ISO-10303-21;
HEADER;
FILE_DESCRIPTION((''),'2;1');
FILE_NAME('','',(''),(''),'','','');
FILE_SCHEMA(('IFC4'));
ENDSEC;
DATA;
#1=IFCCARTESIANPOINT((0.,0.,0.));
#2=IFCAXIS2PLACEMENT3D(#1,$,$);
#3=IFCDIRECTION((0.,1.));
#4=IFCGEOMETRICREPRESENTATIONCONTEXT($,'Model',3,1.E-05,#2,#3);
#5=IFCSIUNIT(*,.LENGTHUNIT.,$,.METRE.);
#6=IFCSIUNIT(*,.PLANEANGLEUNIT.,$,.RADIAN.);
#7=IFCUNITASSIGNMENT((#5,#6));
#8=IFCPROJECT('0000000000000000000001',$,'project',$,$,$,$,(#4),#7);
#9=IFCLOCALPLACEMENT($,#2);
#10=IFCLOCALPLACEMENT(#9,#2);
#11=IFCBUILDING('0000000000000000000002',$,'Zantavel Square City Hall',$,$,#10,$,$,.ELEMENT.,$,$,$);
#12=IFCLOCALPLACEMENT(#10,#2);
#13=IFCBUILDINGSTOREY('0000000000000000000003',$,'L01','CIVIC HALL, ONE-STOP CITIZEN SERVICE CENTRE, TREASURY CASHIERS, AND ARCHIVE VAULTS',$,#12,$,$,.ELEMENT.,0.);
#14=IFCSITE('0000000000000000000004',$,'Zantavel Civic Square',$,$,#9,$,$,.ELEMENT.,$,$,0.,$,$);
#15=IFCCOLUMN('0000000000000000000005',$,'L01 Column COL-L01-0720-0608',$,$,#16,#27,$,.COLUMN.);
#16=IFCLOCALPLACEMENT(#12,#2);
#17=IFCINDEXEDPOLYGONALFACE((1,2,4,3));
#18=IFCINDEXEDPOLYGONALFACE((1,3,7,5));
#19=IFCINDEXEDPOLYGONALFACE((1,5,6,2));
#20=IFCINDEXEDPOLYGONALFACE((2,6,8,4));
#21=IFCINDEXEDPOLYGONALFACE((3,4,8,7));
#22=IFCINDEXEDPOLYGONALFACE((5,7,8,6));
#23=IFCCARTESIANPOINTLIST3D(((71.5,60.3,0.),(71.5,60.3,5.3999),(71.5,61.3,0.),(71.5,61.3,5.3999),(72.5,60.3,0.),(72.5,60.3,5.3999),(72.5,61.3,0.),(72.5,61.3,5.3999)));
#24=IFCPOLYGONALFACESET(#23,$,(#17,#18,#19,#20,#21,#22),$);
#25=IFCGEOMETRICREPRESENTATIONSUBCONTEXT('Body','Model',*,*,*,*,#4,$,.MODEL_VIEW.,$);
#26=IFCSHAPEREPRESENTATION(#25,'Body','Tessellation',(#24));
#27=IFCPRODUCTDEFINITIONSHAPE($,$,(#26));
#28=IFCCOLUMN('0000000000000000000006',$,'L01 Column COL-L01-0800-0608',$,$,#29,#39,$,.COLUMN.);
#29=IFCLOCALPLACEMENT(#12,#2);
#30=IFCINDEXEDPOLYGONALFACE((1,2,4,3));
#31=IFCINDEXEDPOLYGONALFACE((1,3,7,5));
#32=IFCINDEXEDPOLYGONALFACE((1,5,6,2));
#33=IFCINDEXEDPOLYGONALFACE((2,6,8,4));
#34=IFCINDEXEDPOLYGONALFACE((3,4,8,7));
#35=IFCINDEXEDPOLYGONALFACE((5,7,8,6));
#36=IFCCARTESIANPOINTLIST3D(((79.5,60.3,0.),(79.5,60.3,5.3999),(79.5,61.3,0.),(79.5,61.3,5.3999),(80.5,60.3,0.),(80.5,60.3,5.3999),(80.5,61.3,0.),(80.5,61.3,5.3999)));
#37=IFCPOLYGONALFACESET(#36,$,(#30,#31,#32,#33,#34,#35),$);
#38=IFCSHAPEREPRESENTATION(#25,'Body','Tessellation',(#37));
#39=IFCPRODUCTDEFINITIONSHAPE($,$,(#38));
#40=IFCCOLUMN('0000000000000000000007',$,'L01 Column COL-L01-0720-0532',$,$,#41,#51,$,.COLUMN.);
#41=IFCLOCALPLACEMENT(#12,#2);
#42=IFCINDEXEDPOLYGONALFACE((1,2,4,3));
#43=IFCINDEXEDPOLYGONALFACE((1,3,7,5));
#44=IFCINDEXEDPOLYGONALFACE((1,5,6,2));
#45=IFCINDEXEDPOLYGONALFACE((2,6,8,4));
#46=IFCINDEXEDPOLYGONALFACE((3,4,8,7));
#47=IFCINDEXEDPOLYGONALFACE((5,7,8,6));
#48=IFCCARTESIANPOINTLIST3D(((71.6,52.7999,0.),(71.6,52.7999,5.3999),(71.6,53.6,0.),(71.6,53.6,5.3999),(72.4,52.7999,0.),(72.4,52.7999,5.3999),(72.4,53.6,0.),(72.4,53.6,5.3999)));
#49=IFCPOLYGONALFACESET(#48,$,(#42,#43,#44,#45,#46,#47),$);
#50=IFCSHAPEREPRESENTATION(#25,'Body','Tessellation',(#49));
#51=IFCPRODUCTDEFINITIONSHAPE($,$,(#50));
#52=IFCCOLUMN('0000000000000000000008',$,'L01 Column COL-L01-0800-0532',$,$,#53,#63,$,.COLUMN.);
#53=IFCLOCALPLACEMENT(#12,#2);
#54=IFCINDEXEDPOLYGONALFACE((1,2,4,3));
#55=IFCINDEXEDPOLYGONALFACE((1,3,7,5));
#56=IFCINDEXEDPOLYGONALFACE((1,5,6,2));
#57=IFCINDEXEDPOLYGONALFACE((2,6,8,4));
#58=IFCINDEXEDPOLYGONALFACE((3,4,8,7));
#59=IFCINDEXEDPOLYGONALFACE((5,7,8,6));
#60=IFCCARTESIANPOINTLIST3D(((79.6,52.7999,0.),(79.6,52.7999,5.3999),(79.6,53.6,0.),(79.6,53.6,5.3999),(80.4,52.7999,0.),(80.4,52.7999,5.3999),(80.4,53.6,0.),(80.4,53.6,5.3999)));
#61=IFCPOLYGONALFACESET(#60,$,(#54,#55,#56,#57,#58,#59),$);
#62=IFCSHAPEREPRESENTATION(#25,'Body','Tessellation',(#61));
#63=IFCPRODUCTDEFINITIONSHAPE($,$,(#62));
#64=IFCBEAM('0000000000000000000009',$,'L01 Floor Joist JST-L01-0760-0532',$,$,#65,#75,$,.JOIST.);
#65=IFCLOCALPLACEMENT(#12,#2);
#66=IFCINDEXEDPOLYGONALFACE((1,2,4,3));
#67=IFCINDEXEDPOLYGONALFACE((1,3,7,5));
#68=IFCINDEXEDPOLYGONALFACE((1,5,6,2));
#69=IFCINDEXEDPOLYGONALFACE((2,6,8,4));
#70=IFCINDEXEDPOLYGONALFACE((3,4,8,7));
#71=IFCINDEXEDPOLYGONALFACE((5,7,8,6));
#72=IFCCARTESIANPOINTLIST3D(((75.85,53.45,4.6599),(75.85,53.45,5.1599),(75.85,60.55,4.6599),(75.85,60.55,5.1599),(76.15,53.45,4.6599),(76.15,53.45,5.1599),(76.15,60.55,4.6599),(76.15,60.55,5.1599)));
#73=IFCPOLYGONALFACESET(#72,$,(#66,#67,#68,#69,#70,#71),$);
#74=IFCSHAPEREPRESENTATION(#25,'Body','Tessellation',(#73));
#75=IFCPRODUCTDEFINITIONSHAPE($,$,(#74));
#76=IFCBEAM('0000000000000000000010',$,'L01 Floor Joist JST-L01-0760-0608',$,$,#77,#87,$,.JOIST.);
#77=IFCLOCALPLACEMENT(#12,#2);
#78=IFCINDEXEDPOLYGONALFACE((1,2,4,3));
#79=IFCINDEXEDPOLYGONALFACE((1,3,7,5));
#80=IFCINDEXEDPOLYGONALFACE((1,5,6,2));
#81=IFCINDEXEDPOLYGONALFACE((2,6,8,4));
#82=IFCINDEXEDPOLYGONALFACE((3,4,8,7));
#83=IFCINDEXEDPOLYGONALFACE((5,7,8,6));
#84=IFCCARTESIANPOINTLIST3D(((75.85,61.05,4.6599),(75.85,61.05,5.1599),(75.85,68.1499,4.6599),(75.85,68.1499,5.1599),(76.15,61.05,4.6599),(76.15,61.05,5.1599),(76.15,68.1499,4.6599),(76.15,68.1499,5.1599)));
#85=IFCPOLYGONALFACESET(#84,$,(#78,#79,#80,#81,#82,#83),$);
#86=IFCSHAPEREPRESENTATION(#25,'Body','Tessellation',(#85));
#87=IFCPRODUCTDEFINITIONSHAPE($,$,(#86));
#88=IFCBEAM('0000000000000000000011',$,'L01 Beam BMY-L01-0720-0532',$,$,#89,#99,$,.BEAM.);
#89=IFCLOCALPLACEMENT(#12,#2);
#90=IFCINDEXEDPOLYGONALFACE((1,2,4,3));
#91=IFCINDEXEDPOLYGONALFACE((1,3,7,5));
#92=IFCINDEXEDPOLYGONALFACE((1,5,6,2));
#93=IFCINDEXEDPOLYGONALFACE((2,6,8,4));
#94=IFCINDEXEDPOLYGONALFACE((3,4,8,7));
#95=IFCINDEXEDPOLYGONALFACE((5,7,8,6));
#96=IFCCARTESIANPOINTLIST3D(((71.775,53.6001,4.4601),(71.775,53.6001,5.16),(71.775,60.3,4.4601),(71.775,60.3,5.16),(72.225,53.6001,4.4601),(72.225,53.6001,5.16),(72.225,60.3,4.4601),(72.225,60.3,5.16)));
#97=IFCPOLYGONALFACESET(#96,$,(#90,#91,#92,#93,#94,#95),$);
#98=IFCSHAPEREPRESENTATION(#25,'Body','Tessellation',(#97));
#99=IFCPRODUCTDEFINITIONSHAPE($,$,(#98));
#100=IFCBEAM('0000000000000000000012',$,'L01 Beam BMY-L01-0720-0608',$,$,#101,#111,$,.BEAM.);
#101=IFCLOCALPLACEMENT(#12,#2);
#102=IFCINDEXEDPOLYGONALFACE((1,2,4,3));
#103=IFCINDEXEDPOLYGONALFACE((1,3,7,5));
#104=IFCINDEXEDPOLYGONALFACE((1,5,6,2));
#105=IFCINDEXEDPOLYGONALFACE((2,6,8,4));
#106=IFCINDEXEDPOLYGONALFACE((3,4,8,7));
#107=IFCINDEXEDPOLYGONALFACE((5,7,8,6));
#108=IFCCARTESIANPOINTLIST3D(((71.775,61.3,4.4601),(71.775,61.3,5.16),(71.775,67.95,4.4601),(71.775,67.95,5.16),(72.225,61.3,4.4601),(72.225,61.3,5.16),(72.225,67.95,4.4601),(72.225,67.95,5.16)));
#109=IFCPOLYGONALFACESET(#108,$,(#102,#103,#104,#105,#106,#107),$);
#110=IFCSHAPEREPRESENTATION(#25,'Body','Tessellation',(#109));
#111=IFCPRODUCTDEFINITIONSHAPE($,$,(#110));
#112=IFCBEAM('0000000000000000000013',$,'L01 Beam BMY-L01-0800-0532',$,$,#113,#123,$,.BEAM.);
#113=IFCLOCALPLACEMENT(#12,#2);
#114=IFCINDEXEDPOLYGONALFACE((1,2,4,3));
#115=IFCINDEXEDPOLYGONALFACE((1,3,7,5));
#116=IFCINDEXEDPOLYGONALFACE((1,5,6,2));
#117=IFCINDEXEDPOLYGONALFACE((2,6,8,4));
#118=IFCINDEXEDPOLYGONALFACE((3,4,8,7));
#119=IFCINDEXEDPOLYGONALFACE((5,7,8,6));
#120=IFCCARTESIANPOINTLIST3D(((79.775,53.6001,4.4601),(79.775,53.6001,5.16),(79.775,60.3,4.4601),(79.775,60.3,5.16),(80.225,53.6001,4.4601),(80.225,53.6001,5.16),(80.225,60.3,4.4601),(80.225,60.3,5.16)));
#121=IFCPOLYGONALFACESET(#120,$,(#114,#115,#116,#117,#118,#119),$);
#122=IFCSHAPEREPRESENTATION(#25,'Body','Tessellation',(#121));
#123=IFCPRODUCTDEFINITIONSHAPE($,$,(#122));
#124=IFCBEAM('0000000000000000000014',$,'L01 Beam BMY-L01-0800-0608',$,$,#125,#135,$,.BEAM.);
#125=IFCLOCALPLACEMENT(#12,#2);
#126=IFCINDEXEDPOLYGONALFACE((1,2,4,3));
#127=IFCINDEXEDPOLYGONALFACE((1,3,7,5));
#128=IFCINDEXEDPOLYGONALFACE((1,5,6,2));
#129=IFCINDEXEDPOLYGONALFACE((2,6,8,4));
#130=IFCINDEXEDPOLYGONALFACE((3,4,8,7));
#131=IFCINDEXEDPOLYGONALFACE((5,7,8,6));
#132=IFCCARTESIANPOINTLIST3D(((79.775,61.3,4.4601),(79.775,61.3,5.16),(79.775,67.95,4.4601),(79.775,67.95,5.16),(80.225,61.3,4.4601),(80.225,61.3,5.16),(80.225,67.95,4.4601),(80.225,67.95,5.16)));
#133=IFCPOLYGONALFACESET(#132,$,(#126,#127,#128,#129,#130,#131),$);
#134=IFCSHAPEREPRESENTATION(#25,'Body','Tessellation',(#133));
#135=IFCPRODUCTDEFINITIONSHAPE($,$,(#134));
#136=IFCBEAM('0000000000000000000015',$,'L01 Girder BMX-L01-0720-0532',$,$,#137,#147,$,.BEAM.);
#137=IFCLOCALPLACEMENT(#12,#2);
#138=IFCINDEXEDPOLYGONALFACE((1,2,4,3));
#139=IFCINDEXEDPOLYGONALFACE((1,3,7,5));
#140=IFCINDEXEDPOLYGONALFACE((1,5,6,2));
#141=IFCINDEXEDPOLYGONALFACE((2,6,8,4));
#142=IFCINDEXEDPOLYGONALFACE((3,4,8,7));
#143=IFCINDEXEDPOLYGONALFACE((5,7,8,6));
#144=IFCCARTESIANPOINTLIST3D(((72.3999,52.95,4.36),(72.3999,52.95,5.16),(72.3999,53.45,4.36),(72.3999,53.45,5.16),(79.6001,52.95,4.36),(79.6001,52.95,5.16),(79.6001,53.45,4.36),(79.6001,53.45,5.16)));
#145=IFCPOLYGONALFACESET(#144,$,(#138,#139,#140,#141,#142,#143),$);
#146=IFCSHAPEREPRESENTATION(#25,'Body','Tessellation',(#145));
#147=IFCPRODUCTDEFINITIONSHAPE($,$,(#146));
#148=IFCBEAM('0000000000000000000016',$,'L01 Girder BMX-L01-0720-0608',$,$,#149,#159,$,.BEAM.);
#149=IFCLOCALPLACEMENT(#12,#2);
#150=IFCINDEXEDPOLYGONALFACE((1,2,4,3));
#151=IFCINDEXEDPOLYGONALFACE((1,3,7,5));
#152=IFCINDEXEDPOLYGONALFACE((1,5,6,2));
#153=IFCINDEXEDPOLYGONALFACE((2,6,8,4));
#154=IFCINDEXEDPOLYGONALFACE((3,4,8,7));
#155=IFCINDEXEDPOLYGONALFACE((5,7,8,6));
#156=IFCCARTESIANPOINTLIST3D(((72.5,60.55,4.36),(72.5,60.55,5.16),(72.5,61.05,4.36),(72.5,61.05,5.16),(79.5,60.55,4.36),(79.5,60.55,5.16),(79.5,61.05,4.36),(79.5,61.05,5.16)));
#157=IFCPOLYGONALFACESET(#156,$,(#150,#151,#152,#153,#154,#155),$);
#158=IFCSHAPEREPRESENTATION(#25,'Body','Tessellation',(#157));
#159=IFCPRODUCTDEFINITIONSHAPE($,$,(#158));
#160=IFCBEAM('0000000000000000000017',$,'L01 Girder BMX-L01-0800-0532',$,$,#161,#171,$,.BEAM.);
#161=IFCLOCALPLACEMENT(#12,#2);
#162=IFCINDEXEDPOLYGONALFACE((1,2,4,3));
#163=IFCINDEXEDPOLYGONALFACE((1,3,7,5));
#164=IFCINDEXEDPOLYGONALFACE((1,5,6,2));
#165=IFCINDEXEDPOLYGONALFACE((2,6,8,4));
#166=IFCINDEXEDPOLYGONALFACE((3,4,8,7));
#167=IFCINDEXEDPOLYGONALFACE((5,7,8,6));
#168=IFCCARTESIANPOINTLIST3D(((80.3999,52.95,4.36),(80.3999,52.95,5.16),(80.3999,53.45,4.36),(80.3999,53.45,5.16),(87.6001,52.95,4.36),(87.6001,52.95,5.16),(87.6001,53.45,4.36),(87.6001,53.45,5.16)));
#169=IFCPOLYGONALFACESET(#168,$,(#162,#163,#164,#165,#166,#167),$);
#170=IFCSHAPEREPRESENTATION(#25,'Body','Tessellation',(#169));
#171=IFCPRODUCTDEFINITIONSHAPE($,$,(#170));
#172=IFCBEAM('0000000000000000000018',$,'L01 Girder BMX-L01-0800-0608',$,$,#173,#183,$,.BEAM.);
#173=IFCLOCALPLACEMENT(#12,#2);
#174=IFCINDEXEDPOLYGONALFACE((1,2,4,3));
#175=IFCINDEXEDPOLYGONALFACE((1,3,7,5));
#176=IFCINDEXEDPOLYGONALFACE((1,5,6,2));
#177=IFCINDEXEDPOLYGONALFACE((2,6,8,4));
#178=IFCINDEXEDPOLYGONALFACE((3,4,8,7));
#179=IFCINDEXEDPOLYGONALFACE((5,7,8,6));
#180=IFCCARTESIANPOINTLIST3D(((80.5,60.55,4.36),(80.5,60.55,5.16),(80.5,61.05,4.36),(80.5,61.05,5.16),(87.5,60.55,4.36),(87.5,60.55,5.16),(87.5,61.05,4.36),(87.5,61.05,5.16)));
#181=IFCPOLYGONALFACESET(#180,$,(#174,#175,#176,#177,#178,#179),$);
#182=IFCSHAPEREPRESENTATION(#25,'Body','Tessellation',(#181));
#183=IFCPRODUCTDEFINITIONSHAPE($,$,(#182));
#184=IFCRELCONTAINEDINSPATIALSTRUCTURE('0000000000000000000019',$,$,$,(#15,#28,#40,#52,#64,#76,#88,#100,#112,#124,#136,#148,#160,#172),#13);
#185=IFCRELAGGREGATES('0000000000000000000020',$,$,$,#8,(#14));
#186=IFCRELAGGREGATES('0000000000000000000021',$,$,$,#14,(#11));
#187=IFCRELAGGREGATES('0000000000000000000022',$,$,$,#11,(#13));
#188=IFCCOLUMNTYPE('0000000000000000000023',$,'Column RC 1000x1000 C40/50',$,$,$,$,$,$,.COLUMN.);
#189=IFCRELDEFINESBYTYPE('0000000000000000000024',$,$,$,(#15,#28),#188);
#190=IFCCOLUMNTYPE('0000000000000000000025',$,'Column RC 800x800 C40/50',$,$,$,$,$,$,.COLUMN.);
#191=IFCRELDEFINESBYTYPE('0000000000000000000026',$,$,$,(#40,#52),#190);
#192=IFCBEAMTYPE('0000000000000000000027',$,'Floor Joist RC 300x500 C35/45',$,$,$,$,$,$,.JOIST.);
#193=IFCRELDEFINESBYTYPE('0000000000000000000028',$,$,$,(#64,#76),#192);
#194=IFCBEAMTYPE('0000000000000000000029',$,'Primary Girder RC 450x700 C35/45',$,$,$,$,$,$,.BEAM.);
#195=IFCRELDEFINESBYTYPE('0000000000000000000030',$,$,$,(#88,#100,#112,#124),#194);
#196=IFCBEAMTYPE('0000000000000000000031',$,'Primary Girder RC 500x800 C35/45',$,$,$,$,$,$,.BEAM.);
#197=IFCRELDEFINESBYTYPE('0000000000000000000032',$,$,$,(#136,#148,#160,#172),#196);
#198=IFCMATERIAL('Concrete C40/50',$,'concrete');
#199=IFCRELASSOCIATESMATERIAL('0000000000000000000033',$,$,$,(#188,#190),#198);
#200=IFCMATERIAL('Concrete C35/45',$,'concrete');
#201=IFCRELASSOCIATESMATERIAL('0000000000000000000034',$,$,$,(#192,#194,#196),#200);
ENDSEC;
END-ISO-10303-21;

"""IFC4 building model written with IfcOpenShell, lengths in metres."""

from ifc_helpers import new_model, si_unit, direction, frame, origin, origin_2d, place, context, subcontext, project, spatial, rectangle, extrude, material, material_profile, profile_set, type_object, element, save


model = new_model("IFC4")

# Units and contexts
model_context = context("Model", 3, precision=1e-05, world=origin(), true_north=direction((0.0, 1.0)))
body_context = subcontext(model_context, "Body", "Model", "MODEL_VIEW")
ifc_project = project(units=[si_unit("LENGTHUNIT", "METRE"), si_unit("PLANEANGLEUNIT", "RADIAN")], contexts=[model_context])

# Site, building, storey
site_placement = place(None, origin())
site = spatial("IfcSite", under=ifc_project, at=site_placement, Name="Zantavel Civic Square", CompositionType="ELEMENT", RefElevation=0.0)
building_placement = place(site_placement, origin())
building = spatial("IfcBuilding", under=site, at=building_placement, Name="Zantavel Square City Hall", CompositionType="ELEMENT")
storey_placement = place(building_placement, origin())
storey = spatial("IfcBuildingStorey", under=building, at=storey_placement, Name="L01", Description="CIVIC HALL, ONE-STOP CITIZEN SERVICE CENTRE, TREASURY CASHIERS, AND ARCHIVE VAULTS", CompositionType="ELEMENT", Elevation=0.0)

# Columns
ifc_material_1 = material(Name="Concrete C40/50", Category="concrete")
ifc_material_profile_1 = material_profile(ifc_material_1, rectangle(XDim=1.0, YDim=1.0, at=origin_2d()), Name="RC 1000x1000")
ifc_profile_set_1 = profile_set([ifc_material_profile_1], Name="Concrete C40/50")
column_type_1 = type_object("IfcColumnType", Name="Column RC 1000x1000 C40/50", PredefinedType="COLUMN", material=ifc_profile_set_1)
for number, where, z_axis, x_axis, name in (
    (1, (72.0, 60.8, 0.0), (0.0, 0.0, 1.0), (1.0, 0.0, 0.0), "L01 Column COL-L01-0720-0608"),
    (2, (80.0, 60.8, 0.0), (0.0, 0.0, 1.0), (1.0, 0.0, 0.0), "L01 Column COL-L01-0800-0608"),
):
    element("IfcColumn", number, at=place(storey_placement, frame(where, z_axis=z_axis, x_axis=x_axis)), inside=storey, type_object=column_type_1, Name=name, PredefinedType="COLUMN", context=body_context, shape_type="SweptSolid", body=[
        extrude(rectangle(XDim=1.0, YDim=1.0, at=origin_2d()), origin(), (0.0, 0.0, 1.0), 5.3999),
    ])
ifc_material_profile_2 = material_profile(ifc_material_1, rectangle(XDim=0.8, YDim=0.8, at=origin_2d()), Name="RC 800x800")
ifc_profile_set_2 = profile_set([ifc_material_profile_2], Name="Concrete C40/50")
column_type_2 = type_object("IfcColumnType", Name="Column RC 800x800 C40/50", PredefinedType="COLUMN", material=ifc_profile_set_2)
for number, where, z_axis, x_axis, name in (
    (3, (72.0, 53.2, 0.0), (0.0, 0.0, 1.0), (1.0, 0.0, 0.0), "L01 Column COL-L01-0720-0532"),
    (4, (80.0, 53.2, 0.0), (0.0, 0.0, 1.0), (1.0, 0.0, 0.0), "L01 Column COL-L01-0800-0532"),
):
    element("IfcColumn", number, at=place(storey_placement, frame(where, z_axis=z_axis, x_axis=x_axis)), inside=storey, type_object=column_type_2, Name=name, PredefinedType="COLUMN", context=body_context, shape_type="SweptSolid", body=[
        extrude(rectangle(XDim=0.8, YDim=0.8, at=origin_2d()), origin(), (0.0, 0.0, 1.0), 5.3999),
    ])

# Beams
ifc_material_2 = material(Name="Concrete C35/45", Category="concrete")
ifc_material_profile_3 = material_profile(ifc_material_2, rectangle(XDim=0.3, YDim=0.5, at=origin_2d()), Name="RC 300x500")
ifc_profile_set_3 = profile_set([ifc_material_profile_3], Name="Concrete C35/45")
beam_type_1 = type_object("IfcBeamType", Name="Floor Joist RC 300x500 C35/45", PredefinedType="JOIST", material=ifc_profile_set_3)
beam_1_placement = place(storey_placement, frame((76.0, 53.45, 4.9099), z_axis=(0.0, 1.0, 0.0), x_axis=(-1.0, 0.0, 0.0)))
element("IfcBeam", 5, at=beam_1_placement, inside=storey, type_object=beam_type_1, Name="L01 Floor Joist JST-L01-0760-0532", PredefinedType="JOIST", context=body_context, shape_type="SweptSolid", body=[
    extrude(rectangle(XDim=0.3, YDim=0.5, at=origin_2d()), origin(), (0.0, 0.0, 1.0), 7.1001),
])
beam_2_placement = place(storey_placement, frame((76.0, 61.05, 4.9099), z_axis=(0.0, 1.0, 0.0), x_axis=(-1.0, 0.0, 0.0)))
element("IfcBeam", 6, at=beam_2_placement, inside=storey, type_object=beam_type_1, Name="L01 Floor Joist JST-L01-0760-0608", PredefinedType="JOIST", context=body_context, shape_type="SweptSolid", body=[
    extrude(rectangle(XDim=0.3, YDim=0.5, at=origin_2d()), origin(), (0.0, 0.0, 1.0), 7.0999),
])
ifc_material_profile_4 = material_profile(ifc_material_2, rectangle(XDim=0.45, YDim=0.7, at=origin_2d()), Name="RC 450x700")
ifc_profile_set_4 = profile_set([ifc_material_profile_4], Name="Concrete C35/45")
beam_type_2 = type_object("IfcBeamType", Name="Primary Girder RC 450x700 C35/45", PredefinedType="BEAM", material=ifc_profile_set_4)
beam_3_placement = place(storey_placement, frame((72.0, 53.6001, 4.8101), z_axis=(0.0, 1.0, 0.0), x_axis=(-1.0, 0.0, 0.0)))
element("IfcBeam", 7, at=beam_3_placement, inside=storey, type_object=beam_type_2, Name="L01 Beam BMY-L01-0720-0532", PredefinedType="BEAM", context=body_context, shape_type="SweptSolid", body=[
    extrude(rectangle(XDim=0.45, YDim=0.7, at=origin_2d()), origin(), (0.0, 0.0, 1.0), 6.7),
])
beam_4_placement = place(storey_placement, frame((72.0, 61.3, 4.8101), z_axis=(0.0, 1.0, 0.0), x_axis=(-1.0, 0.0, 0.0)))
element("IfcBeam", 8, at=beam_4_placement, inside=storey, type_object=beam_type_2, Name="L01 Beam BMY-L01-0720-0608", PredefinedType="BEAM", context=body_context, shape_type="SweptSolid", body=[
    extrude(rectangle(XDim=0.45, YDim=0.7, at=origin_2d()), origin(), (0.0, 0.0, 1.0), 6.6499),
])
beam_5_placement = place(storey_placement, frame((80.0, 53.6001, 4.8101), z_axis=(0.0, 1.0, 0.0), x_axis=(-1.0, 0.0, 0.0)))
element("IfcBeam", 9, at=beam_5_placement, inside=storey, type_object=beam_type_2, Name="L01 Beam BMY-L01-0800-0532", PredefinedType="BEAM", context=body_context, shape_type="SweptSolid", body=[
    extrude(rectangle(XDim=0.45, YDim=0.7, at=origin_2d()), origin(), (0.0, 0.0, 1.0), 6.7),
])
beam_6_placement = place(storey_placement, frame((80.0, 61.3, 4.8101), z_axis=(0.0, 1.0, 0.0), x_axis=(-1.0, 0.0, 0.0)))
element("IfcBeam", 10, at=beam_6_placement, inside=storey, type_object=beam_type_2, Name="L01 Beam BMY-L01-0800-0608", PredefinedType="BEAM", context=body_context, shape_type="SweptSolid", body=[
    extrude(rectangle(XDim=0.45, YDim=0.7, at=origin_2d()), origin(), (0.0, 0.0, 1.0), 6.6499),
])
ifc_material_profile_5 = material_profile(ifc_material_2, rectangle(XDim=0.5, YDim=0.8, at=origin_2d()), Name="RC 500x800")
ifc_profile_set_5 = profile_set([ifc_material_profile_5], Name="Concrete C35/45")
beam_type_3 = type_object("IfcBeamType", Name="Primary Girder RC 500x800 C35/45", PredefinedType="BEAM", material=ifc_profile_set_5)
beam_7_placement = place(storey_placement, frame((72.3999, 53.2, 4.76), z_axis=(1.0, 0.0, 0.0), x_axis=(0.0, 1.0, 0.0)))
element("IfcBeam", 11, at=beam_7_placement, inside=storey, type_object=beam_type_3, Name="L01 Girder BMX-L01-0720-0532", PredefinedType="BEAM", context=body_context, shape_type="SweptSolid", body=[
    extrude(rectangle(XDim=0.5, YDim=0.8, at=origin_2d()), origin(), (0.0, 0.0, 1.0), 7.2002),
])
beam_8_placement = place(storey_placement, frame((72.5, 60.8, 4.76), z_axis=(1.0, 0.0, 0.0), x_axis=(0.0, 1.0, 0.0)))
element("IfcBeam", 12, at=beam_8_placement, inside=storey, type_object=beam_type_3, Name="L01 Girder BMX-L01-0720-0608", PredefinedType="BEAM", context=body_context, shape_type="SweptSolid", body=[
    extrude(rectangle(XDim=0.5, YDim=0.8, at=origin_2d()), origin(), (0.0, 0.0, 1.0), 7.0),
])
beam_9_placement = place(storey_placement, frame((80.3999, 53.2, 4.76), z_axis=(1.0, 0.0, 0.0), x_axis=(0.0, 1.0, 0.0)))
element("IfcBeam", 13, at=beam_9_placement, inside=storey, type_object=beam_type_3, Name="L01 Girder BMX-L01-0800-0532", PredefinedType="BEAM", context=body_context, shape_type="SweptSolid", body=[
    extrude(rectangle(XDim=0.5, YDim=0.8, at=origin_2d()), origin(), (0.0, 0.0, 1.0), 7.2002),
])
beam_10_placement = place(storey_placement, frame((80.5, 60.8, 4.76), z_axis=(1.0, 0.0, 0.0), x_axis=(0.0, 1.0, 0.0)))
element("IfcBeam", 14, at=beam_10_placement, inside=storey, type_object=beam_type_3, Name="L01 Girder BMX-L01-0800-0608", PredefinedType="BEAM", context=body_context, shape_type="SweptSolid", body=[
    extrude(rectangle(XDim=0.5, YDim=0.8, at=origin_2d()), origin(), (0.0, 0.0, 1.0), 7.0),
])

save(model, "model.ifc")
